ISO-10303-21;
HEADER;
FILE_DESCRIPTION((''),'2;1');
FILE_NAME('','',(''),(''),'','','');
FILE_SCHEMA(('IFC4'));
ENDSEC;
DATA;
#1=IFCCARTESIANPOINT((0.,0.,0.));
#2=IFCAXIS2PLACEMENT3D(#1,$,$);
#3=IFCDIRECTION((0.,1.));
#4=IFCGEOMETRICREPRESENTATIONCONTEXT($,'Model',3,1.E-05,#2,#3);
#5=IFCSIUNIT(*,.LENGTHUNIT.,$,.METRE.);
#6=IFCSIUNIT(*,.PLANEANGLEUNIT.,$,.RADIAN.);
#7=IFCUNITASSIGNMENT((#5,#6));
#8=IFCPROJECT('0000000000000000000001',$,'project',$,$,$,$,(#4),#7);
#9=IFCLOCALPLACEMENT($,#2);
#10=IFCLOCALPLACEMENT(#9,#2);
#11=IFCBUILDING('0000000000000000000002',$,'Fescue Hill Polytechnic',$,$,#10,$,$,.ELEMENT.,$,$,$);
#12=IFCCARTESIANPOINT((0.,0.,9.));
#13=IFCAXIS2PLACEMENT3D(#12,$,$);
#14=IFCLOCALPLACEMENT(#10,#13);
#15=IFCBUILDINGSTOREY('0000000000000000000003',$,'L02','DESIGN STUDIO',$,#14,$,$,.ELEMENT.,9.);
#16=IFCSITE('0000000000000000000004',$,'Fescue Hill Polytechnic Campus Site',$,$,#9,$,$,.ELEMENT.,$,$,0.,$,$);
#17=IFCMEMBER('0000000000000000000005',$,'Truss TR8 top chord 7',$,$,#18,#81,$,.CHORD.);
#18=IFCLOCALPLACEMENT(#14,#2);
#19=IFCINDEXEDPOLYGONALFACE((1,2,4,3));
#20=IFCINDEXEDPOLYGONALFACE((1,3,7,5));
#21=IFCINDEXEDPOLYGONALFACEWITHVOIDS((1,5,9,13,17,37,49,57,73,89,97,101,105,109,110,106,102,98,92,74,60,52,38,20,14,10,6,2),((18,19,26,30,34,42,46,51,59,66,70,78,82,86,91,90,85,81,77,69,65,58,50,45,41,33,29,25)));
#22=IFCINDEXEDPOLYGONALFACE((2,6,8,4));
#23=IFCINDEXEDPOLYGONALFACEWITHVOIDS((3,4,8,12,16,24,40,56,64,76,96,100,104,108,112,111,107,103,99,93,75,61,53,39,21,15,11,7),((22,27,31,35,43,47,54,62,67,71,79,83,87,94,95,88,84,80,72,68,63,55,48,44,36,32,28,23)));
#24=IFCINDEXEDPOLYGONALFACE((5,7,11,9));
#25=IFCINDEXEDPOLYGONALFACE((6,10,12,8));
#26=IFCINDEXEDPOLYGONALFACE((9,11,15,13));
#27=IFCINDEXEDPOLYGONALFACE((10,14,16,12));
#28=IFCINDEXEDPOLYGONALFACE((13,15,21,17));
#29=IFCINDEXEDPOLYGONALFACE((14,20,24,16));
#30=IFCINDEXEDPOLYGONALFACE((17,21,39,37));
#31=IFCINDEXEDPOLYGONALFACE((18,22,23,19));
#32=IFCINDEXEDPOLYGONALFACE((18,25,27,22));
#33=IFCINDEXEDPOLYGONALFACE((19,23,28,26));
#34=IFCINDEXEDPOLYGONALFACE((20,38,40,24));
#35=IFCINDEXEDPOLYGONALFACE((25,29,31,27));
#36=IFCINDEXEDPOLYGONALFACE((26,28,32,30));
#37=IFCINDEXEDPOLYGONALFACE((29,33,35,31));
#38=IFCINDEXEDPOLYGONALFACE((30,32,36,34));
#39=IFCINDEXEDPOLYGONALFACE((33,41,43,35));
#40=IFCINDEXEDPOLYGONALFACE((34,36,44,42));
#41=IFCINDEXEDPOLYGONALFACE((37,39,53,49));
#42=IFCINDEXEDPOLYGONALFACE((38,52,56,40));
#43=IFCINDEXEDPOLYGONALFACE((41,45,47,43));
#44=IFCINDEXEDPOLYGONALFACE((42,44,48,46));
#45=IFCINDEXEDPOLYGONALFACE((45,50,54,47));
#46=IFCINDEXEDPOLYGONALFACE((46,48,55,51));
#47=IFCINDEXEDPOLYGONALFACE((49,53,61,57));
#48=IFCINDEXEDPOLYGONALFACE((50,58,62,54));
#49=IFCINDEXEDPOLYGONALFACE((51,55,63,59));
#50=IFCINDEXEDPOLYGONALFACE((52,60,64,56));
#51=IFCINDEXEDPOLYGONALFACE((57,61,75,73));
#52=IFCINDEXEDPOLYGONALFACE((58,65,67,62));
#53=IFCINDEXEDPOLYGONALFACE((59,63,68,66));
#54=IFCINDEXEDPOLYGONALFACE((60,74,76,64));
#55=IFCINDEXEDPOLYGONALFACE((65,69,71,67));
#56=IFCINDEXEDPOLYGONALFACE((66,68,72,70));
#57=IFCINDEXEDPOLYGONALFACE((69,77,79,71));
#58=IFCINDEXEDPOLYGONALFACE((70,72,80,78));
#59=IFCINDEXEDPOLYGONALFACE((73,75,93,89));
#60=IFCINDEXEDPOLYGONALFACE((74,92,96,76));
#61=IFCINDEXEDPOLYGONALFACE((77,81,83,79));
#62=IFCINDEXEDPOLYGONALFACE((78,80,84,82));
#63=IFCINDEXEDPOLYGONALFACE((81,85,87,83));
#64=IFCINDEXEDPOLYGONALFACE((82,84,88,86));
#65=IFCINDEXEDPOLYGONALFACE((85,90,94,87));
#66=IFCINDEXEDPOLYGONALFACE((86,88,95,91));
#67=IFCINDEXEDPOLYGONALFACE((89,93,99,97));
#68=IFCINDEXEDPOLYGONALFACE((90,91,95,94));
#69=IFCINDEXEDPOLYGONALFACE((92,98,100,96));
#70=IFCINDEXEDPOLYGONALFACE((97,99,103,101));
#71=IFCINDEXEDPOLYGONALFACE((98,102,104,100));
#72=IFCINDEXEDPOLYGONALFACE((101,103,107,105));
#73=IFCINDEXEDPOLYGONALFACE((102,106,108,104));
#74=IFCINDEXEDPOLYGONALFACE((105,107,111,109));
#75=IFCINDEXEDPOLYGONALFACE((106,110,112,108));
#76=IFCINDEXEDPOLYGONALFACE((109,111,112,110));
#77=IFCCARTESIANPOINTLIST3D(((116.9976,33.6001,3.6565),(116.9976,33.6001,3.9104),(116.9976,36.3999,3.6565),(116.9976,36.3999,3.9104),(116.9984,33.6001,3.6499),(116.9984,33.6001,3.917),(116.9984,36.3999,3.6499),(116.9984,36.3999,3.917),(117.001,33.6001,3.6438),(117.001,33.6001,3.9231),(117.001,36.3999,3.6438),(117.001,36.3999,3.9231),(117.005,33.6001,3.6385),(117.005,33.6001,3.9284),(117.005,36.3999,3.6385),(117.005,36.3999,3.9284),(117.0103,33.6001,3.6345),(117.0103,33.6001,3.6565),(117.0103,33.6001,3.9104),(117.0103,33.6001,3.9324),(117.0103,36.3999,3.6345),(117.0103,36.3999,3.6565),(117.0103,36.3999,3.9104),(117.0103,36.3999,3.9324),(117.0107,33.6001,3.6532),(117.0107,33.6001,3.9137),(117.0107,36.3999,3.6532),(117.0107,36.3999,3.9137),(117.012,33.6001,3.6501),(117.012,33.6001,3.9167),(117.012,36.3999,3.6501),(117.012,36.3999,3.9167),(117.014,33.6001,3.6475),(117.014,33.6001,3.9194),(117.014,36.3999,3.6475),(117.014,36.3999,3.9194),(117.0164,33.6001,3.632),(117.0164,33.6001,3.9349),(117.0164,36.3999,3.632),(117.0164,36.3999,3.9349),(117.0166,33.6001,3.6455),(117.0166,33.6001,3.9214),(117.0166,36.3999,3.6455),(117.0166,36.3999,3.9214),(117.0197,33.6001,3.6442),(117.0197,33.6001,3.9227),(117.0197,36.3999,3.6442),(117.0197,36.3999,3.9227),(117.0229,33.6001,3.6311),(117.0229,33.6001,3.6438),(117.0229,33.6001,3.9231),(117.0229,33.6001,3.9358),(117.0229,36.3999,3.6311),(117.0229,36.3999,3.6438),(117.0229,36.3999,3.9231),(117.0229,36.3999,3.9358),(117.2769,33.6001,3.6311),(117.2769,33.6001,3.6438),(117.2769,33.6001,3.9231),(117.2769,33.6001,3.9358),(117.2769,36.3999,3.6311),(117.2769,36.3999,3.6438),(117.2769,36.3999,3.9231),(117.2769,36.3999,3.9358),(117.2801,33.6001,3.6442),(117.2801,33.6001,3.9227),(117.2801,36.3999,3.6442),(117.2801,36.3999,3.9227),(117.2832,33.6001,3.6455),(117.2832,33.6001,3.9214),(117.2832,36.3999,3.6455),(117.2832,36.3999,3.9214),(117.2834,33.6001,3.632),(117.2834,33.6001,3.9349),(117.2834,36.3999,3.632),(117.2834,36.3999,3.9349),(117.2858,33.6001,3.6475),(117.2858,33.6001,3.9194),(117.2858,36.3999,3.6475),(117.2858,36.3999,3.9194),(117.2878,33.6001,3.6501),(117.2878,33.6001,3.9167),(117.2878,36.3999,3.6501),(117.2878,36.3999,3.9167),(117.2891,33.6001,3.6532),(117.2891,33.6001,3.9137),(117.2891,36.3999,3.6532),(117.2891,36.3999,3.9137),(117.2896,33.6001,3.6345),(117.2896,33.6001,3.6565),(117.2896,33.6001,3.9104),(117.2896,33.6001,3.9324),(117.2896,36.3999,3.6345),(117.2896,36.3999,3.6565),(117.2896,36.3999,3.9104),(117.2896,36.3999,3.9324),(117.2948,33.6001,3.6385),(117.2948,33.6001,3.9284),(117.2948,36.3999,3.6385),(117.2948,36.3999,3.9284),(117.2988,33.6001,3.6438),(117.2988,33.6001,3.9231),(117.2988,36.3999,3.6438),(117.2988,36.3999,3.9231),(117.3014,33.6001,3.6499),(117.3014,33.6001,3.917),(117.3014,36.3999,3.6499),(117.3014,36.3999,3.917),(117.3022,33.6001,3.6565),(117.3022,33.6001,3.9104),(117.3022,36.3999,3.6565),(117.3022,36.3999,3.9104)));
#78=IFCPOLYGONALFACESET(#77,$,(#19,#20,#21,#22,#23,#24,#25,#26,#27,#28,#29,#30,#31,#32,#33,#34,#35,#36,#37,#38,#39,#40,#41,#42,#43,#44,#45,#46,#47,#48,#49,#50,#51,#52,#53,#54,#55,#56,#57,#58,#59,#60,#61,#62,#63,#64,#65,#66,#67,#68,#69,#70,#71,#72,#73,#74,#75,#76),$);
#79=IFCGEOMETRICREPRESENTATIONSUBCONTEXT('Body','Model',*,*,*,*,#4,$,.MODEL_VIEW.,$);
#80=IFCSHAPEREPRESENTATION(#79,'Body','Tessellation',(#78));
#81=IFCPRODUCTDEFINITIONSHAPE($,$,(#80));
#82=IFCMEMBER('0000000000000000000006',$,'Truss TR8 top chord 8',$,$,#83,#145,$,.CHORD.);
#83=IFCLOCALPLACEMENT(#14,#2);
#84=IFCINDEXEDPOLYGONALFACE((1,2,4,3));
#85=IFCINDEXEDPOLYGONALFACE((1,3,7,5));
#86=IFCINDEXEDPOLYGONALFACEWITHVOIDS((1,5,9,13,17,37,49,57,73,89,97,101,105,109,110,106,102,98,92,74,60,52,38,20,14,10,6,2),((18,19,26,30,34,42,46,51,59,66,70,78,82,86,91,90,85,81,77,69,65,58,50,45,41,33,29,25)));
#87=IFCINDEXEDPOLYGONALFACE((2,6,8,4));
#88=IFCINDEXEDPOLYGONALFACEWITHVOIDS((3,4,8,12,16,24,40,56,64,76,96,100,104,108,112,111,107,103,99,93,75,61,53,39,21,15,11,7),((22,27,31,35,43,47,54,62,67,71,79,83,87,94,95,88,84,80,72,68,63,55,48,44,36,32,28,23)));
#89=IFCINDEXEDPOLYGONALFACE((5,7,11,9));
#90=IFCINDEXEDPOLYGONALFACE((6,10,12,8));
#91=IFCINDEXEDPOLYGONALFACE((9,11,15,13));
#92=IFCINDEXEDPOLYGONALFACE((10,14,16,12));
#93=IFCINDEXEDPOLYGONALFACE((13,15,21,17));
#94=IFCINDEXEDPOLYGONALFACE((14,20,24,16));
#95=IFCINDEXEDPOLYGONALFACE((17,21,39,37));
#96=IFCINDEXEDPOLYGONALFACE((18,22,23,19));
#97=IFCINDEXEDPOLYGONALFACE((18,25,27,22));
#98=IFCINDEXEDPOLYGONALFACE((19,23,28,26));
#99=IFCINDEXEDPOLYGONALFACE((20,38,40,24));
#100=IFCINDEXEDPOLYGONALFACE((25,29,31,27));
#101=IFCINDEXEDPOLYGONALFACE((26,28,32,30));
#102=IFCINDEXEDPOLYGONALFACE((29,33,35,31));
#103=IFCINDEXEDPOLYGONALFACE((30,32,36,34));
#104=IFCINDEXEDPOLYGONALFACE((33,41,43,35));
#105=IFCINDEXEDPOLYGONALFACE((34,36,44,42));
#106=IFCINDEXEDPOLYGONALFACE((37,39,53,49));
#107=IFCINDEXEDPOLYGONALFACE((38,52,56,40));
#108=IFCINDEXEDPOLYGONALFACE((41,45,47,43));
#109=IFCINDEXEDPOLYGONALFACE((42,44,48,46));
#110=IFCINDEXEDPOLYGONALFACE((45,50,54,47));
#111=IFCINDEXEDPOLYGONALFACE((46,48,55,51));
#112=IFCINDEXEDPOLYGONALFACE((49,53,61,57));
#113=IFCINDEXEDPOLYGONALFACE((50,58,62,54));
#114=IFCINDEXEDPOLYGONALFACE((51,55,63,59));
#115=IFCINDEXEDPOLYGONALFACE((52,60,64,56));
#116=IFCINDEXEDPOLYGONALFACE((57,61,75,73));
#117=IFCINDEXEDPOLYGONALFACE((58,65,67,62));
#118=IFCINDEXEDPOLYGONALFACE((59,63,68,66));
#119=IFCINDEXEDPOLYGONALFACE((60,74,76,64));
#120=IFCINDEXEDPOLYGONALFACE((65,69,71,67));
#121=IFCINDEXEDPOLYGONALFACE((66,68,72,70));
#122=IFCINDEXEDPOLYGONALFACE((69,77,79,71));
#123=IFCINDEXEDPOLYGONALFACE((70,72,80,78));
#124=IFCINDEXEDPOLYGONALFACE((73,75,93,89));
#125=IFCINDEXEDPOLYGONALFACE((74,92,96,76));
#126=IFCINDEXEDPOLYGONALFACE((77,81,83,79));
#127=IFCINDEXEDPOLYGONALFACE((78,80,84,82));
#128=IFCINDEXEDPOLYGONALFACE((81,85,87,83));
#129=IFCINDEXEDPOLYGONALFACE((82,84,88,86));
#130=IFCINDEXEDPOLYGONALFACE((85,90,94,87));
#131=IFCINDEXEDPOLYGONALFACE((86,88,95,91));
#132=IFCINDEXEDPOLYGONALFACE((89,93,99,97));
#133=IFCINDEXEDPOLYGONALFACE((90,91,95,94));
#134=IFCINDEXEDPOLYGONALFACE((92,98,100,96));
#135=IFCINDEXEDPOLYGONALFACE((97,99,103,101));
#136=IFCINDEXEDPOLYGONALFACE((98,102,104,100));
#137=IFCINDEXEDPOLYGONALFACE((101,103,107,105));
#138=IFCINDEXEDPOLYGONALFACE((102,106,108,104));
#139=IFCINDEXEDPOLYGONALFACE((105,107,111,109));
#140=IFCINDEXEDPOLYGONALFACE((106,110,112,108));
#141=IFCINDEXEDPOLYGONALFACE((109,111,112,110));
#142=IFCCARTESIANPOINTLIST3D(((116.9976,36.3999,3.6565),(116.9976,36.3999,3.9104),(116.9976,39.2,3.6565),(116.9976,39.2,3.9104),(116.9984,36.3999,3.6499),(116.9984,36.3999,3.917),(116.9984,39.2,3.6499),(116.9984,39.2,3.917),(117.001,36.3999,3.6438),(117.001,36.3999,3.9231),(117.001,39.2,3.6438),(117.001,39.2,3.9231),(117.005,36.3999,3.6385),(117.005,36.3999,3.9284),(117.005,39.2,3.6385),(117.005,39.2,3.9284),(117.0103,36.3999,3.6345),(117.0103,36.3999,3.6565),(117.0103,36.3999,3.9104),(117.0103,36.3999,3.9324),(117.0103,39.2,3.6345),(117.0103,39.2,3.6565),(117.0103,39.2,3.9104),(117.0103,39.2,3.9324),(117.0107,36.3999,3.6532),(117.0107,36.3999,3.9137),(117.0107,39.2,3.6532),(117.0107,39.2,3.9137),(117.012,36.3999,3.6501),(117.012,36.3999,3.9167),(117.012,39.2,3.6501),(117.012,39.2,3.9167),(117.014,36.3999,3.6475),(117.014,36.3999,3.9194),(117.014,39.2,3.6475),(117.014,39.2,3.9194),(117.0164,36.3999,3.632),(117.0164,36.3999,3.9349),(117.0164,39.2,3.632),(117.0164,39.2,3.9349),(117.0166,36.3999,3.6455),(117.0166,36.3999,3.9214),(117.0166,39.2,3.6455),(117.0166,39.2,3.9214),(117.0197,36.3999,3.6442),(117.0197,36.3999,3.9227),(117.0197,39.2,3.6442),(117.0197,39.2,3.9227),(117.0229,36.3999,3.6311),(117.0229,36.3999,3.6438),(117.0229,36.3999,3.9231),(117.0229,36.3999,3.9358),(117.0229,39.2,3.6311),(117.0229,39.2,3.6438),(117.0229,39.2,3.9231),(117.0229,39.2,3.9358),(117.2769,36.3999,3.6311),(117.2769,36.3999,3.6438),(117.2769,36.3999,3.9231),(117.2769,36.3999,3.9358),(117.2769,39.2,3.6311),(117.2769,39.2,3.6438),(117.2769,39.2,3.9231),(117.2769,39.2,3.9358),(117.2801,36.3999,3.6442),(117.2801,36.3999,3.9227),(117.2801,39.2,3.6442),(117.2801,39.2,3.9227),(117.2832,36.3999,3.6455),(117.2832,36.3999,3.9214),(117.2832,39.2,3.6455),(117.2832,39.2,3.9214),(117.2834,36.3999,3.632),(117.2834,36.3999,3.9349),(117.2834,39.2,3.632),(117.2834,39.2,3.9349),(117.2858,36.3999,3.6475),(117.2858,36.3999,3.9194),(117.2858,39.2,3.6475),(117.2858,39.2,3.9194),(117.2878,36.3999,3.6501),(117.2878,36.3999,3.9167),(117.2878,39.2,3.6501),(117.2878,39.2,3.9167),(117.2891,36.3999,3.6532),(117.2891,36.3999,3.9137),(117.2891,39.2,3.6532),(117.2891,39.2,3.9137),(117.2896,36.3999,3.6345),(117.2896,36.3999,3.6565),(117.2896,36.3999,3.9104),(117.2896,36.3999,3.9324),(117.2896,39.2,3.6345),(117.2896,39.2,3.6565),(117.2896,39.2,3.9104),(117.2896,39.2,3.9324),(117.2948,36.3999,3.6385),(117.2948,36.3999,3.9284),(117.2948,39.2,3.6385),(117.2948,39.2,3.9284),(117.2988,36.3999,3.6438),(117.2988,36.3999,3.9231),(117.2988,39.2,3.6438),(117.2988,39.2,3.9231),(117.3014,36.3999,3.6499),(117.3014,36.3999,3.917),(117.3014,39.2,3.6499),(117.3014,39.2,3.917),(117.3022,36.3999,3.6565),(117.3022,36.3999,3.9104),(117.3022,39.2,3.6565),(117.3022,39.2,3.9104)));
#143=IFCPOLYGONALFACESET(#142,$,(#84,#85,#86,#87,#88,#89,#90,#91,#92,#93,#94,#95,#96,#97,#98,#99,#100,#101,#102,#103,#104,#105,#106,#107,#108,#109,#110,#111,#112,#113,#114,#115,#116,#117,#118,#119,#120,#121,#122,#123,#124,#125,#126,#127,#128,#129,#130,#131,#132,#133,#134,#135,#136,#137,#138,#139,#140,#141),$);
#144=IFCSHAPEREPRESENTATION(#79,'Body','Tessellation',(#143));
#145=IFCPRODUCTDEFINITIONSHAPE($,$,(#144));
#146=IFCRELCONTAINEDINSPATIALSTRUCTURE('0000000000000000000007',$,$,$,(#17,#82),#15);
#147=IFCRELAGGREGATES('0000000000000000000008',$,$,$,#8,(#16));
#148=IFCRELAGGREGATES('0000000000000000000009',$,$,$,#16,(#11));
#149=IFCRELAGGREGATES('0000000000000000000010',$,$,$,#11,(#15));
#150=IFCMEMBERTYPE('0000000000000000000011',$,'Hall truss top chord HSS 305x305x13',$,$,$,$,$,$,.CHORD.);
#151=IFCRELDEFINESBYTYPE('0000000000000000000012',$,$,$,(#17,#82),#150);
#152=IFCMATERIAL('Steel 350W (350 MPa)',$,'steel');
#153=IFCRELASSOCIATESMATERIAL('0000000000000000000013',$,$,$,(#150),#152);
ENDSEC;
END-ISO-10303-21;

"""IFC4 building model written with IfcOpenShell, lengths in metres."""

from ifc_helpers import new_model, si_unit, direction, frame, origin, origin_2d, place, context, subcontext, project, spatial, hollow_rectangle, extrude, material, material_profile, profile_set, type_object, element, save


model = new_model("IFC4")

# Units and contexts
model_context = context("Model", 3, precision=1e-05, world=origin(), true_north=direction((0.0, 1.0)))
body_context = subcontext(model_context, "Body", "Model", "MODEL_VIEW")
ifc_project = project(units=[si_unit("LENGTHUNIT", "METRE"), si_unit("PLANEANGLEUNIT", "RADIAN")], contexts=[model_context])

# Site, building, storey
site_placement = place(None, origin())
site = spatial("IfcSite", under=ifc_project, at=site_placement, Name="Fescue Hill Polytechnic Campus Site", CompositionType="ELEMENT", RefElevation=0.0)
building_placement = place(site_placement, origin())
building = spatial("IfcBuilding", under=site, at=building_placement, Name="Fescue Hill Polytechnic", CompositionType="ELEMENT")
storey_placement = place(building_placement, frame((0.0, 0.0, 9.0)))
storey = spatial("IfcBuildingStorey", under=building, at=storey_placement, Name="L02", Description="DESIGN STUDIO", CompositionType="ELEMENT", Elevation=9.0)

# Members
ifc_material_1 = material(Name="Steel 350W (350 MPa)", Category="steel")
ifc_material_profile_1 = material_profile(ifc_material_1, hollow_rectangle(XDim=0.3047, YDim=0.3047, WallThickness=0.0127, InnerFilletRadius=0.0127, OuterFilletRadius=0.0254, at=origin_2d()), Name="Hall truss top chord HSS 305x305x13")
ifc_profile_set_1 = profile_set([ifc_material_profile_1], Name="Steel 350W (350 MPa)")
member_type_1 = type_object("IfcMemberType", Name="Hall truss top chord HSS 305x305x13", PredefinedType="CHORD", material=ifc_profile_set_1)
member_1_placement = place(storey_placement, frame((117.1499, 33.6001, 3.7834), z_axis=(0.0, 1.0, 0.0), x_axis=(-1.0, 0.0, 0.0)))
element("IfcMember", 1, at=member_1_placement, inside=storey, type_object=member_type_1, Name="Truss TR8 top chord 7", PredefinedType="CHORD", context=body_context, shape_type="SweptSolid", body=[
    extrude(hollow_rectangle(XDim=0.3047, YDim=0.3047, WallThickness=0.0127, InnerFilletRadius=0.0127, OuterFilletRadius=0.0254, at=origin_2d()), origin(), (0.0, 0.0, 1.0), 2.7998),
])
for number, where, z_axis, x_axis, name in (
    (2, (117.1499, 36.3999, 3.7834), (0.0, 1.0, 0.0), (-1.0, 0.0, 0.0), "Truss TR8 top chord 8"),
):
    element("IfcMember", number, at=place(storey_placement, frame(where, z_axis=z_axis, x_axis=x_axis)), inside=storey, type_object=member_type_1, Name=name, PredefinedType="CHORD", context=body_context, shape_type="SweptSolid", body=[
        extrude(hollow_rectangle(XDim=0.3047, YDim=0.3047, WallThickness=0.0127, InnerFilletRadius=0.0127, OuterFilletRadius=0.0254, at=origin_2d()), origin(), (0.0, 0.0, 1.0), 2.8),
    ])

save(model, "model.ifc")
